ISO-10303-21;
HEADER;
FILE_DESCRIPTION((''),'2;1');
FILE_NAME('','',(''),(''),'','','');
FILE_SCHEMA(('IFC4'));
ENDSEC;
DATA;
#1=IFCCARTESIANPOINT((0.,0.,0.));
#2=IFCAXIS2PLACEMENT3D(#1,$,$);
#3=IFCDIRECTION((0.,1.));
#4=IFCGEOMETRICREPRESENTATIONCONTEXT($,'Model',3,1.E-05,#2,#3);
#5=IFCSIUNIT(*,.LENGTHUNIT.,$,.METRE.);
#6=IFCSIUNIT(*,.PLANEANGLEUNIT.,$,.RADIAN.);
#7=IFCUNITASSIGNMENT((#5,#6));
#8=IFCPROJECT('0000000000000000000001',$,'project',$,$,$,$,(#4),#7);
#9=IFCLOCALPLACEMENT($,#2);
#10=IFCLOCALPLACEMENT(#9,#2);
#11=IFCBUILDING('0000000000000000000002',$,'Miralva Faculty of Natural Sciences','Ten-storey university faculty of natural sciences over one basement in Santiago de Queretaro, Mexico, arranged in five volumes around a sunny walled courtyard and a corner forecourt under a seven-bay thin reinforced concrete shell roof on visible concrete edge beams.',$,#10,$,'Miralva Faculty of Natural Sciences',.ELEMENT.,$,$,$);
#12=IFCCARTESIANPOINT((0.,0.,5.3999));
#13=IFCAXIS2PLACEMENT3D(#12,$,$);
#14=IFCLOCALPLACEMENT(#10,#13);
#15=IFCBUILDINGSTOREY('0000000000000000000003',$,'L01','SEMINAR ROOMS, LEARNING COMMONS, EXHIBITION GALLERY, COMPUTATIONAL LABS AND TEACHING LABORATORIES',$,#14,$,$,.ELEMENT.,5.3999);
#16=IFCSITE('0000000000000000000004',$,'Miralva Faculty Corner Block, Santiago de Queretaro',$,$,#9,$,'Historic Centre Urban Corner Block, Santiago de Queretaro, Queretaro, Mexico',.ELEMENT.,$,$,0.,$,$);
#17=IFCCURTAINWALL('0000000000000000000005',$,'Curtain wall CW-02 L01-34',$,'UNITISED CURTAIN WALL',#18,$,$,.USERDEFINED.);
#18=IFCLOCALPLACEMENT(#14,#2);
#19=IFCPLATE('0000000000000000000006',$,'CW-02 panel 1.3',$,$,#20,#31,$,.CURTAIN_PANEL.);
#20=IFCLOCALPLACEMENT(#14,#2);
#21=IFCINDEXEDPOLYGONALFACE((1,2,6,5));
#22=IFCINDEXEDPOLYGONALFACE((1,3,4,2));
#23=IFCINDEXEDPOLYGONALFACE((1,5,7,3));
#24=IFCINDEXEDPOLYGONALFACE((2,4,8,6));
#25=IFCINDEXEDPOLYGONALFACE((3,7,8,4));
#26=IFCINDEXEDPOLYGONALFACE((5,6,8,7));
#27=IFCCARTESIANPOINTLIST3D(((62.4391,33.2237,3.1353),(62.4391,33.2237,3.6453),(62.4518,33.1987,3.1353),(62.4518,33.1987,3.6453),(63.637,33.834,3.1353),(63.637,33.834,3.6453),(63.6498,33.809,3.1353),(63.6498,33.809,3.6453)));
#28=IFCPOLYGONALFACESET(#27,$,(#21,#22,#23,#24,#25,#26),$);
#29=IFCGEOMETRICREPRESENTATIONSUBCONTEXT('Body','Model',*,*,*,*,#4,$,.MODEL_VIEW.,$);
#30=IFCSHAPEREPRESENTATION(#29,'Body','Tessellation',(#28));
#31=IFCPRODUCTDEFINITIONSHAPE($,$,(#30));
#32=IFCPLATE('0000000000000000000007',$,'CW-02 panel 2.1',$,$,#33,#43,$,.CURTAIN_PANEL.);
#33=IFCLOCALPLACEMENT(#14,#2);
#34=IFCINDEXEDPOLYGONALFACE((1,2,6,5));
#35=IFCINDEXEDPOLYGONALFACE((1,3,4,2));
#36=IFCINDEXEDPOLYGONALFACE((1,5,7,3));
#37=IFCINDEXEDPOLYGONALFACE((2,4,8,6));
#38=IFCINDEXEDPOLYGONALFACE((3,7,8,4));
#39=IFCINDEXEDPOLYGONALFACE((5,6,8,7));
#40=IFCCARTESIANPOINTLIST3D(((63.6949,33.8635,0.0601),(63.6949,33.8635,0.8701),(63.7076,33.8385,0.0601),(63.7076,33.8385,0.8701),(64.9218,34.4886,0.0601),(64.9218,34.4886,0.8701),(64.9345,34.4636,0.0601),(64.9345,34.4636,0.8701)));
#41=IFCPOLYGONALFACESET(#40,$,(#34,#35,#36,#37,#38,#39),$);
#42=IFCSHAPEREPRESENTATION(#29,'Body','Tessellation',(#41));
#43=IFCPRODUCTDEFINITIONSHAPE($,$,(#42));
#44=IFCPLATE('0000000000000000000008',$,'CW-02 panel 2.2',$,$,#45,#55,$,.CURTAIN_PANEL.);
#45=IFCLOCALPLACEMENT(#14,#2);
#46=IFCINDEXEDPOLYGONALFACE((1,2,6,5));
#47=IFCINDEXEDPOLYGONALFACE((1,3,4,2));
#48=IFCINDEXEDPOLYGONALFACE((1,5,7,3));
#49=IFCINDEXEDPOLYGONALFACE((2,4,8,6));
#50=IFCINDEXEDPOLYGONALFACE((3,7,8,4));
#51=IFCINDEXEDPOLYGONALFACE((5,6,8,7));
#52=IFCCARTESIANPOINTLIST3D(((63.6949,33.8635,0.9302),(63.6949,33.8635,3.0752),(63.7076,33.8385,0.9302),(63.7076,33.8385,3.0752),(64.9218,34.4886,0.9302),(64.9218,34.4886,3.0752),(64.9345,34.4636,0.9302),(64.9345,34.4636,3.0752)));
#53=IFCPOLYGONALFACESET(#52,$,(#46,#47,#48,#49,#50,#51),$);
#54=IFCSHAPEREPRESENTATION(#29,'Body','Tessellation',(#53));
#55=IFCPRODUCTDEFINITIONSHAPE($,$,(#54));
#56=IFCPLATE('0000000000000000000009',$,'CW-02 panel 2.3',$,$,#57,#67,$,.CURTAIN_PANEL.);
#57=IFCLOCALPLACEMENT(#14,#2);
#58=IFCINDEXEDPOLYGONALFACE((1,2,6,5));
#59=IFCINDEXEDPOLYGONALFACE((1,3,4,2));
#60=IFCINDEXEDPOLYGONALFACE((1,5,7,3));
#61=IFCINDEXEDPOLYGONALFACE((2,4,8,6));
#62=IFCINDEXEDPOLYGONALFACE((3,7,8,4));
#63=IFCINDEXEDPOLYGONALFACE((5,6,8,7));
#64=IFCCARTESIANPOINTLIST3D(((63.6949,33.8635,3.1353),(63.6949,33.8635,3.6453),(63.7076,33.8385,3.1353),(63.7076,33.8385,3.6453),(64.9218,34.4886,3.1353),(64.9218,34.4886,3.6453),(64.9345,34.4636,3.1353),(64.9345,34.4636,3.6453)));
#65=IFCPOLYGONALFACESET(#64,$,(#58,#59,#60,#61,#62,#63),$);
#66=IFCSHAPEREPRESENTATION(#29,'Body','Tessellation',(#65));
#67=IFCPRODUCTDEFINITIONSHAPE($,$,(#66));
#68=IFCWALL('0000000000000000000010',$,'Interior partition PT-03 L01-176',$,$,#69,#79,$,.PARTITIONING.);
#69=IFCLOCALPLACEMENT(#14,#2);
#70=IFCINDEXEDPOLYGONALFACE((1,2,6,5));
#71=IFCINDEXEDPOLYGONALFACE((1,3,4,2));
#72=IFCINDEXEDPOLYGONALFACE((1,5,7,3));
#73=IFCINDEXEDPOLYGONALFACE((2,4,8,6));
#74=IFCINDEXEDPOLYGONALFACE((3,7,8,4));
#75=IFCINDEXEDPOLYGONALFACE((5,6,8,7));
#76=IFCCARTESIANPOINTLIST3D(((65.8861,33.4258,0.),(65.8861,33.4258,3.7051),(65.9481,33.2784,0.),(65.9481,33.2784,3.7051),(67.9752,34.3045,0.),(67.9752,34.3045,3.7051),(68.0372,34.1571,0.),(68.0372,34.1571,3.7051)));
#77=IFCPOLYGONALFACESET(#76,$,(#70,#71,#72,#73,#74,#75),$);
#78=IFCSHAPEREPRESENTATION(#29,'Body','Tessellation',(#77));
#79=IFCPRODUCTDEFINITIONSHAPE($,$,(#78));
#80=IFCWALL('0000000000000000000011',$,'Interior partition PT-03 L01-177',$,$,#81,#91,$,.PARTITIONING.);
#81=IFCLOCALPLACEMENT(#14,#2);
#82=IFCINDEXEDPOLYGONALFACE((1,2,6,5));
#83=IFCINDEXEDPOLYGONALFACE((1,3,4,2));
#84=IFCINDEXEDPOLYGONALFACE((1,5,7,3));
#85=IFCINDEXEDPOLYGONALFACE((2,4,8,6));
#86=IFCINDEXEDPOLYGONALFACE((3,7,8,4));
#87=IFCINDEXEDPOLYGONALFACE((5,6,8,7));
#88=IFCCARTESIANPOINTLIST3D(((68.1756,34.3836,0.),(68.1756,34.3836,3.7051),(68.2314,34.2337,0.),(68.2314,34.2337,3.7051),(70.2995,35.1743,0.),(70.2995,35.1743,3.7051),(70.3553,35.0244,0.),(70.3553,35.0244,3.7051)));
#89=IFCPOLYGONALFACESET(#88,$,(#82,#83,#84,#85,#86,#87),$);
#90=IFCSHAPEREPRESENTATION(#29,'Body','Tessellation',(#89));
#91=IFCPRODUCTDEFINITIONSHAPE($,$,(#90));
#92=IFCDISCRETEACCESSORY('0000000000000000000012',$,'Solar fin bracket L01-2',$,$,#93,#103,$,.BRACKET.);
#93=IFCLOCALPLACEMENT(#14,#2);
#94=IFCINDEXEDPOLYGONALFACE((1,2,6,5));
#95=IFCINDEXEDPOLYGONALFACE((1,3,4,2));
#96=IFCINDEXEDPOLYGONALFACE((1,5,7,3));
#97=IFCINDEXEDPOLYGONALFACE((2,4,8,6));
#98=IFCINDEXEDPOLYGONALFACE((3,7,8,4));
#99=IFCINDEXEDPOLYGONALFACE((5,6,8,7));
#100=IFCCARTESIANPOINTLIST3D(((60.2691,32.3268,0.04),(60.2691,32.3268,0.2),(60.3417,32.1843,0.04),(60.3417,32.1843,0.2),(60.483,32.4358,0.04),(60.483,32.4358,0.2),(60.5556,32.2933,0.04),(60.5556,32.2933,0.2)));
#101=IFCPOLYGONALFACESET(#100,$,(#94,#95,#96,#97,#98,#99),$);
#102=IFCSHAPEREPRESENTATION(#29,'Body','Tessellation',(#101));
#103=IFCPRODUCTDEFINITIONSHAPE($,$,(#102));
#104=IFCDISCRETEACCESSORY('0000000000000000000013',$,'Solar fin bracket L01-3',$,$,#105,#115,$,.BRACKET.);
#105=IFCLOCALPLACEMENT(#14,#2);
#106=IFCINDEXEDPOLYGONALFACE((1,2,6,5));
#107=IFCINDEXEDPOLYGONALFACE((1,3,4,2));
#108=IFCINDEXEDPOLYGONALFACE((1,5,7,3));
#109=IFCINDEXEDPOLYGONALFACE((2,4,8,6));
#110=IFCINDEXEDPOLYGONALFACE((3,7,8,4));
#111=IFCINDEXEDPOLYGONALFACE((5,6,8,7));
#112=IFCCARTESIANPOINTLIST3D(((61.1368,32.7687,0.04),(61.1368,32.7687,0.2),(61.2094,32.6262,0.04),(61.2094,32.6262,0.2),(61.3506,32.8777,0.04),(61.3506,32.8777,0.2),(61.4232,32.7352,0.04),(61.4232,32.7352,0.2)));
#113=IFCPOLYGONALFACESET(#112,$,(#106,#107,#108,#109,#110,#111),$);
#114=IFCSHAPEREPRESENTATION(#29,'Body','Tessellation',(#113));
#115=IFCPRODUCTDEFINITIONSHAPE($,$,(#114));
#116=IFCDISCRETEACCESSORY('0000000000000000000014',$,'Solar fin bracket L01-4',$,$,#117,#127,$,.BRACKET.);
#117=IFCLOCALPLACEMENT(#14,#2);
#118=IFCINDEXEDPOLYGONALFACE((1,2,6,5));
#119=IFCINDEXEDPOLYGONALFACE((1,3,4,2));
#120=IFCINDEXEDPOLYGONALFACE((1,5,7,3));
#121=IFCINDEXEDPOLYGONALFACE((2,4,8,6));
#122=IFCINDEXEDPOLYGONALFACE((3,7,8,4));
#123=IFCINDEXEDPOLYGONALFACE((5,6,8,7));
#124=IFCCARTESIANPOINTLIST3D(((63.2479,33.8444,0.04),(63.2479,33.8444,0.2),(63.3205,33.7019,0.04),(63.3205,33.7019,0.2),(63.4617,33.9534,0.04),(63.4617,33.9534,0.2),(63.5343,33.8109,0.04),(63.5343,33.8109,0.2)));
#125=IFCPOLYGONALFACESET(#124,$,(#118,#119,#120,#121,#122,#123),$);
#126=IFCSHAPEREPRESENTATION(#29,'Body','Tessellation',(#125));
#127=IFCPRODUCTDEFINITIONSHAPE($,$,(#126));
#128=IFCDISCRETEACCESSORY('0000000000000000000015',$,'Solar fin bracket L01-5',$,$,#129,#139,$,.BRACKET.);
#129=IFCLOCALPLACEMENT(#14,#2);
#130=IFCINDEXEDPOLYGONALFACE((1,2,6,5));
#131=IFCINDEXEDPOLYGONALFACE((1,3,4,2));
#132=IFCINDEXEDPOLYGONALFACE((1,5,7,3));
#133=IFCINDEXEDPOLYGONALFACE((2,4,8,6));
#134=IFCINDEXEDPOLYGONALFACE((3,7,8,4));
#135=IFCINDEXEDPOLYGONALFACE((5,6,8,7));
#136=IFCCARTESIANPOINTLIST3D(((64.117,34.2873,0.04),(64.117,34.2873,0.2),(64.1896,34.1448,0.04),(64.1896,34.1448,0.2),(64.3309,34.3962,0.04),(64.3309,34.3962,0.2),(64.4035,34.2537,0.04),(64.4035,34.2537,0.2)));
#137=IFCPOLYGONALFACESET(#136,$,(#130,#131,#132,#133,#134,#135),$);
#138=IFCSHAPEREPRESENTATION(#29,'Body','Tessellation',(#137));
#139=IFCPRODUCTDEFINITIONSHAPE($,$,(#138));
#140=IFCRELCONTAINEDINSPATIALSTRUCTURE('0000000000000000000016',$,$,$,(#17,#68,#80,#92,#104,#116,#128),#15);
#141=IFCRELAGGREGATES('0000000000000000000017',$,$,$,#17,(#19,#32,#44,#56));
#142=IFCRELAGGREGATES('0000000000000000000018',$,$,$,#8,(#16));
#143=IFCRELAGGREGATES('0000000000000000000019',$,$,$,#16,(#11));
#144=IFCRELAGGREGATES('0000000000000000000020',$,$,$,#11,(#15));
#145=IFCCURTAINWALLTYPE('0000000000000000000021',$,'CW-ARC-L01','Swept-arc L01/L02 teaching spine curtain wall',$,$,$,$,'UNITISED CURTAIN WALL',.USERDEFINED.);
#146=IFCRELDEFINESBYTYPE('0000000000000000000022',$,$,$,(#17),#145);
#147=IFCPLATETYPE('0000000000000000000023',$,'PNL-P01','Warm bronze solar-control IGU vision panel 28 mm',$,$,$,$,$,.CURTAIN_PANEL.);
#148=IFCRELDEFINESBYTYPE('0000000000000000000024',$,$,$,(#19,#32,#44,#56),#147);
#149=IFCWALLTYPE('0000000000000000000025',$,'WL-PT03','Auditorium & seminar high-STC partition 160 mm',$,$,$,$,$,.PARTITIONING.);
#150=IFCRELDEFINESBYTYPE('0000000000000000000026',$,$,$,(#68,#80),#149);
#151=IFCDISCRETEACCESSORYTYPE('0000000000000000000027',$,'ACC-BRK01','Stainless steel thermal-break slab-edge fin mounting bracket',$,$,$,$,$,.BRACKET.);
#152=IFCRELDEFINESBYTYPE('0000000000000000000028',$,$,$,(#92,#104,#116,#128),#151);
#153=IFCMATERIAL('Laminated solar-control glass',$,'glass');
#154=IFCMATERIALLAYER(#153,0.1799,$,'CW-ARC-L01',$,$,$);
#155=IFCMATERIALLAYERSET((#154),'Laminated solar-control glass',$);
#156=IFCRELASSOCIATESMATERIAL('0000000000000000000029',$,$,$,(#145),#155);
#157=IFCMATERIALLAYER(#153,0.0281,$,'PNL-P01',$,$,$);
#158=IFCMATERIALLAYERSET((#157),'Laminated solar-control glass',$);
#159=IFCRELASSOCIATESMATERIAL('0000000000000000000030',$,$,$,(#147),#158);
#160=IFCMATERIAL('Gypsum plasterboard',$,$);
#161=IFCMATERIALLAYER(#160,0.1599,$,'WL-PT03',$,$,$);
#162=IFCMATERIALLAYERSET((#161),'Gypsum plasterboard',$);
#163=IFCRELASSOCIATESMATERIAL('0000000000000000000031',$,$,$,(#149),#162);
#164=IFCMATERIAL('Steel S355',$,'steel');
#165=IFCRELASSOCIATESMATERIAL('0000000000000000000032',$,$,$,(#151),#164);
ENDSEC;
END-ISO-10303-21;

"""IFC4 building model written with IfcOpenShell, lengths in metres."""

from ifc_helpers import new_model, si_unit, direction, frame, frame_2d, origin, origin_2d, place, context, subcontext, project, spatial, rectangle, extrude, material, layer, layer_set, type_object, element, aggregate, save


model = new_model("IFC4")

# Units and contexts
model_context = context("Model", 3, precision=1e-05, world=origin(), true_north=direction((0.0, 1.0)))
body_context = subcontext(model_context, "Body", "Model", "MODEL_VIEW")
ifc_project = project(units=[si_unit("LENGTHUNIT", "METRE"), si_unit("PLANEANGLEUNIT", "RADIAN")], contexts=[model_context])

# Site, building, storey
site_placement = place(None, origin())
site = spatial("IfcSite", under=ifc_project, at=site_placement, Name="Miralva Faculty Corner Block, Santiago de Queretaro", LongName="Historic Centre Urban Corner Block, Santiago de Queretaro, Queretaro, Mexico", CompositionType="ELEMENT", RefElevation=0.0)
building_placement = place(site_placement, origin())
building = spatial("IfcBuilding", under=site, at=building_placement, Name="Miralva Faculty of Natural Sciences", Description="Ten-storey university faculty of natural sciences over one basement in Santiago de Queretaro, Mexico, arranged in five volumes around a sunny walled courtyard and a corner forecourt under a seven-bay thin reinforced concrete shell roof on visible concrete edge beams.", LongName="Miralva Faculty of Natural Sciences", CompositionType="ELEMENT")
storey_placement = place(building_placement, frame((0.0, 0.0, 5.3999)))
storey = spatial("IfcBuildingStorey", under=building, at=storey_placement, Name="L01", Description="SEMINAR ROOMS, LEARNING COMMONS, EXHIBITION GALLERY, COMPUTATIONAL LABS AND TEACHING LABORATORIES", CompositionType="ELEMENT", Elevation=5.3999)

# Curtain wall
ifc_material_1 = material(Name="Laminated solar-control glass", Category="glass")
ifc_layer_1 = layer(ifc_material_1, 0.1799, Name="CW-ARC-L01")
ifc_layer_set_1 = layer_set([ifc_layer_1], Name="Laminated solar-control glass")
curtain_wall_type = type_object("IfcCurtainWallType", Name="CW-ARC-L01", Description="Swept-arc L01/L02 teaching spine curtain wall", ElementType="UNITISED CURTAIN WALL", PredefinedType="USERDEFINED", material=ifc_layer_set_1)
curtain_wall_1_placement = place(storey_placement, origin())
curtain_wall_1 = element("IfcCurtainWall", 1, at=curtain_wall_1_placement, inside=storey, type_object=curtain_wall_type, Name="Curtain wall CW-02 L01-34", ObjectType="UNITISED CURTAIN WALL", PredefinedType="USERDEFINED")

# Plates
ifc_layer_2 = layer(ifc_material_1, 0.0281, Name="PNL-P01")
ifc_layer_set_2 = layer_set([ifc_layer_2], Name="Laminated solar-control glass")
plate_type = type_object("IfcPlateType", Name="PNL-P01", Description="Warm bronze solar-control IGU vision panel 28 mm", PredefinedType="CURTAIN_PANEL", material=ifc_layer_set_2)
plate_1_placement = place(storey_placement, frame((63.0444, 33.5164, 3.1353), z_axis=(0.0, 0.0, 1.0), x_axis=(0.891017, 0.453969, 0.0)))
plate_1 = element("IfcPlate", 2, at=plate_1_placement, type_object=plate_type, Name="CW-02 panel 1.3", PredefinedType="CURTAIN_PANEL", context=body_context, shape_type="SweptSolid", body=[
    extrude(rectangle(XDim=1.3445, YDim=0.0281, at=origin_2d()), origin(), (0.0, 0.0, 1.0), 0.51),
])
plate_2_placement = place(storey_placement, frame((64.3147, 34.1636, 0.0601), z_axis=(0.0, 0.0, 1.0), x_axis=(0.891017, 0.453969, 0.0)))
plate_2 = element("IfcPlate", 3, at=plate_2_placement, type_object=plate_type, Name="CW-02 panel 2.1", PredefinedType="CURTAIN_PANEL", context=body_context, shape_type="SweptSolid", body=[
    extrude(rectangle(XDim=1.377, YDim=0.0281, at=origin_2d()), origin(), (0.0, 0.0, 1.0), 0.8101),
])
plate_3_placement = place(storey_placement, frame((64.3147, 34.1636, 0.9302), z_axis=(0.0, 0.0, 1.0), x_axis=(0.891017, 0.453969, 0.0)))
plate_3 = element("IfcPlate", 4, at=plate_3_placement, type_object=plate_type, Name="CW-02 panel 2.2", PredefinedType="CURTAIN_PANEL", context=body_context, shape_type="SweptSolid", body=[
    extrude(rectangle(XDim=1.377, YDim=0.0281, at=origin_2d()), origin(), (0.0, 0.0, 1.0), 2.145),
])
plate_4_placement = place(storey_placement, frame((64.3147, 34.1636, 3.1353), z_axis=(0.0, 0.0, 1.0), x_axis=(0.891017, 0.453969, 0.0)))
plate_4 = element("IfcPlate", 5, at=plate_4_placement, type_object=plate_type, Name="CW-02 panel 2.3", PredefinedType="CURTAIN_PANEL", context=body_context, shape_type="SweptSolid", body=[
    extrude(rectangle(XDim=1.377, YDim=0.0281, at=origin_2d()), origin(), (0.0, 0.0, 1.0), 0.51),
])
aggregate(curtain_wall_1, [plate_1, plate_2, plate_3, plate_4])

# Walls
ifc_material_2 = material(Name="Gypsum plasterboard")
ifc_layer_3 = layer(ifc_material_2, 0.1599, Name="WL-PT03")
ifc_layer_set_3 = layer_set([ifc_layer_3], Name="Gypsum plasterboard")
wall_type = type_object("IfcWallType", Name="WL-PT03", Description="Auditorium & seminar high-STC partition 160 mm", PredefinedType="PARTITIONING", material=ifc_layer_set_3)
for number, where, z_axis, x_axis, name in (
    (6, (65.917, 33.3521, 0.0), (0.0, 0.0, 1.0), (0.921787, 0.387696, 0.0), "Interior partition PT-03 L01-176"),
    (7, (68.2034, 34.3086, 0.0), (0.0, 0.0, 1.0), (0.937159, 0.348903, 0.0), "Interior partition PT-03 L01-177"),
):
    element("IfcWall", number, at=place(storey_placement, frame(where, z_axis=z_axis, x_axis=x_axis)), inside=storey, type_object=wall_type, Name=name, PredefinedType="PARTITIONING", context=body_context, shape_type="SweptSolid", body=[
        extrude(rectangle(XDim=2.2664, YDim=0.1599, at=frame_2d((1.1333, 0.0))), origin(), (0.0, 0.0, 1.0), 3.7051),
    ])

# Discrete accessories
ifc_material_3 = material(Name="Steel S355", Category="steel")
discrete_accessory_type = type_object("IfcDiscreteAccessoryType", Name="ACC-BRK01", Description="Stainless steel thermal-break slab-edge fin mounting bracket", PredefinedType="BRACKET", material=ifc_material_3)
for number, where, z_axis, x_axis, name in (
    (8, (60.4124, 32.3101, 0.04), (0.0, 0.0, 1.0), (-0.45399, 0.891007, 0.0), "Solar fin bracket L01-2"),
    (9, (61.28, 32.752, 0.04), (0.0, 0.0, 1.0), (-0.45399, 0.891007, 0.0), "Solar fin bracket L01-3"),
    (10, (63.3911, 33.8276, 0.04), (0.0, 0.0, 1.0), (-0.45399, 0.891007, 0.0), "Solar fin bracket L01-4"),
    (11, (64.2603, 34.2705, 0.04), (0.0, 0.0, 1.0), (-0.45399, 0.891007, 0.0), "Solar fin bracket L01-5"),
):
    element("IfcDiscreteAccessory", number, at=place(storey_placement, frame(where, z_axis=z_axis, x_axis=x_axis)), inside=storey, type_object=discrete_accessory_type, Name=name, PredefinedType="BRACKET", context=body_context, shape_type="SweptSolid", body=[
        extrude(rectangle(XDim=0.1599, YDim=0.24, at=origin_2d()), origin(), (0.0, 0.0, 1.0), 0.1599),
    ])

save(model, "model.ifc")
